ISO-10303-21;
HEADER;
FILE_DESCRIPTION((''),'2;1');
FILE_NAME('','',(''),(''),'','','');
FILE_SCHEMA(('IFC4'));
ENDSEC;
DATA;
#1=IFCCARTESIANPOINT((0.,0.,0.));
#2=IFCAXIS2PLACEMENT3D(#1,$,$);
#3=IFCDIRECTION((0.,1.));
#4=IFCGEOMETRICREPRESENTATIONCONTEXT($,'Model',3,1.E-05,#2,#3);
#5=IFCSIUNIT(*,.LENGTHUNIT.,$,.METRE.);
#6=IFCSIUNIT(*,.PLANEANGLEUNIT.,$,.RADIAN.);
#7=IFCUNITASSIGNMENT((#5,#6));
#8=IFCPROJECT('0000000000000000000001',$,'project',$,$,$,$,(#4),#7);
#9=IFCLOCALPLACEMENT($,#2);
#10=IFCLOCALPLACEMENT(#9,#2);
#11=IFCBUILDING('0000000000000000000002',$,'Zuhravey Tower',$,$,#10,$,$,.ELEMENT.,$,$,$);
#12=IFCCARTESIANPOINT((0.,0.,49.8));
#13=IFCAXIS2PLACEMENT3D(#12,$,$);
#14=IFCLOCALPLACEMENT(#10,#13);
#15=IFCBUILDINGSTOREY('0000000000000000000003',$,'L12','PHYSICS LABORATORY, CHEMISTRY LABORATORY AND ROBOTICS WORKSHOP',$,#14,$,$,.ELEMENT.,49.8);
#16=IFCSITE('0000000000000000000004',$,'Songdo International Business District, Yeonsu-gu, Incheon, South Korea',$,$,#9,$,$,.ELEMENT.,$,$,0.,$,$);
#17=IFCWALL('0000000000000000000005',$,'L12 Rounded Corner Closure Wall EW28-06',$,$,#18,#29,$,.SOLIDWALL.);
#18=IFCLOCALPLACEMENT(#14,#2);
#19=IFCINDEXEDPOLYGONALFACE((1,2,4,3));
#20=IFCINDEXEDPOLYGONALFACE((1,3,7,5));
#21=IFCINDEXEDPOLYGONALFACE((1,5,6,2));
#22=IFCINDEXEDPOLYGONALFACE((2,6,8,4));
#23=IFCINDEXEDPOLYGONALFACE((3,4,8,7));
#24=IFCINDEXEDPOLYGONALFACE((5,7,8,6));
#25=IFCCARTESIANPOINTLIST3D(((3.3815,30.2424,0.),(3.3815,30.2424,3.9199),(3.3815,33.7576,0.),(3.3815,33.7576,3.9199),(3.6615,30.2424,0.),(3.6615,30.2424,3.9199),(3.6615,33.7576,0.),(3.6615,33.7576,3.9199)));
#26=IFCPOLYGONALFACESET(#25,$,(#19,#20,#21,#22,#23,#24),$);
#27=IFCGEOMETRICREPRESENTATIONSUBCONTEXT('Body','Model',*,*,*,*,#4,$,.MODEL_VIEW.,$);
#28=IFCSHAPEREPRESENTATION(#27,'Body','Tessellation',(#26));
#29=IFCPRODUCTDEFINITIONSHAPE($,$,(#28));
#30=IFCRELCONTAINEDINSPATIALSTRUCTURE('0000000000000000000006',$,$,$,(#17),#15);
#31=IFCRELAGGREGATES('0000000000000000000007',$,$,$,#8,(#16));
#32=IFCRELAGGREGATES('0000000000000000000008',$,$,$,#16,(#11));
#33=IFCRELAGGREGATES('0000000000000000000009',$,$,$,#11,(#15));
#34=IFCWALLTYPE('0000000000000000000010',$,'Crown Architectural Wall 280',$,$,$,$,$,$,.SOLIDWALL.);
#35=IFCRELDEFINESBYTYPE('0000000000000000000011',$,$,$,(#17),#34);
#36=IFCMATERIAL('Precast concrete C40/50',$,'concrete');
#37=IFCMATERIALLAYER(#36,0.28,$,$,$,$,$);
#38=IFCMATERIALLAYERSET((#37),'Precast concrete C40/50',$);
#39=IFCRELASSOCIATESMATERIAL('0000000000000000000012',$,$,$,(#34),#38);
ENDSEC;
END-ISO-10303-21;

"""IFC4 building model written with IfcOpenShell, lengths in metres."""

from ifc_helpers import new_model, si_unit, direction, frame, frame_2d, origin, place, context, subcontext, project, spatial, rectangle, extrude, material, layer, layer_set, type_object, element, save


model = new_model("IFC4")

# Units and contexts
model_context = context("Model", 3, precision=1e-05, world=origin(), true_north=direction((0.0, 1.0)))
body_context = subcontext(model_context, "Body", "Model", "MODEL_VIEW")
ifc_project = project(units=[si_unit("LENGTHUNIT", "METRE"), si_unit("PLANEANGLEUNIT", "RADIAN")], contexts=[model_context])

# Site, building, storey
site_placement = place(None, origin())
site = spatial("IfcSite", under=ifc_project, at=site_placement, Name="Songdo International Business District, Yeonsu-gu, Incheon, South Korea", CompositionType="ELEMENT", RefElevation=0.0)
building_placement = place(site_placement, origin())
building = spatial("IfcBuilding", under=site, at=building_placement, Name="Zuhravey Tower", CompositionType="ELEMENT")
storey_placement = place(building_placement, frame((0.0, 0.0, 49.8)))
storey = spatial("IfcBuildingStorey", under=building, at=storey_placement, Name="L12", Description="PHYSICS LABORATORY, CHEMISTRY LABORATORY AND ROBOTICS WORKSHOP", CompositionType="ELEMENT", Elevation=49.8)

# Wall
ifc_material_1 = material(Name="Precast concrete C40/50", Category="concrete")
ifc_layer_1 = layer(ifc_material_1, 0.28)
ifc_layer_set_1 = layer_set([ifc_layer_1], Name="Precast concrete C40/50")
wall_type = type_object("IfcWallType", Name="Crown Architectural Wall 280", PredefinedType="SOLIDWALL", material=ifc_layer_set_1)
wall_1_placement = place(storey_placement, frame((3.5215, 30.2424, 0.0), z_axis=(0.0, 0.0, 1.0), x_axis=(0.0, 1.0, 0.0)))
element("IfcWall", 1, at=wall_1_placement, inside=storey, type_object=wall_type, Name="L12 Rounded Corner Closure Wall EW28-06", PredefinedType="SOLIDWALL", context=body_context, shape_type="SweptSolid", body=[
    extrude(rectangle(XDim=3.5151, YDim=0.28, at=frame_2d((1.7576, 0.0))), origin(), (0.0, 0.0, 1.0), 3.9199),
])

save(model, "model.ifc")
